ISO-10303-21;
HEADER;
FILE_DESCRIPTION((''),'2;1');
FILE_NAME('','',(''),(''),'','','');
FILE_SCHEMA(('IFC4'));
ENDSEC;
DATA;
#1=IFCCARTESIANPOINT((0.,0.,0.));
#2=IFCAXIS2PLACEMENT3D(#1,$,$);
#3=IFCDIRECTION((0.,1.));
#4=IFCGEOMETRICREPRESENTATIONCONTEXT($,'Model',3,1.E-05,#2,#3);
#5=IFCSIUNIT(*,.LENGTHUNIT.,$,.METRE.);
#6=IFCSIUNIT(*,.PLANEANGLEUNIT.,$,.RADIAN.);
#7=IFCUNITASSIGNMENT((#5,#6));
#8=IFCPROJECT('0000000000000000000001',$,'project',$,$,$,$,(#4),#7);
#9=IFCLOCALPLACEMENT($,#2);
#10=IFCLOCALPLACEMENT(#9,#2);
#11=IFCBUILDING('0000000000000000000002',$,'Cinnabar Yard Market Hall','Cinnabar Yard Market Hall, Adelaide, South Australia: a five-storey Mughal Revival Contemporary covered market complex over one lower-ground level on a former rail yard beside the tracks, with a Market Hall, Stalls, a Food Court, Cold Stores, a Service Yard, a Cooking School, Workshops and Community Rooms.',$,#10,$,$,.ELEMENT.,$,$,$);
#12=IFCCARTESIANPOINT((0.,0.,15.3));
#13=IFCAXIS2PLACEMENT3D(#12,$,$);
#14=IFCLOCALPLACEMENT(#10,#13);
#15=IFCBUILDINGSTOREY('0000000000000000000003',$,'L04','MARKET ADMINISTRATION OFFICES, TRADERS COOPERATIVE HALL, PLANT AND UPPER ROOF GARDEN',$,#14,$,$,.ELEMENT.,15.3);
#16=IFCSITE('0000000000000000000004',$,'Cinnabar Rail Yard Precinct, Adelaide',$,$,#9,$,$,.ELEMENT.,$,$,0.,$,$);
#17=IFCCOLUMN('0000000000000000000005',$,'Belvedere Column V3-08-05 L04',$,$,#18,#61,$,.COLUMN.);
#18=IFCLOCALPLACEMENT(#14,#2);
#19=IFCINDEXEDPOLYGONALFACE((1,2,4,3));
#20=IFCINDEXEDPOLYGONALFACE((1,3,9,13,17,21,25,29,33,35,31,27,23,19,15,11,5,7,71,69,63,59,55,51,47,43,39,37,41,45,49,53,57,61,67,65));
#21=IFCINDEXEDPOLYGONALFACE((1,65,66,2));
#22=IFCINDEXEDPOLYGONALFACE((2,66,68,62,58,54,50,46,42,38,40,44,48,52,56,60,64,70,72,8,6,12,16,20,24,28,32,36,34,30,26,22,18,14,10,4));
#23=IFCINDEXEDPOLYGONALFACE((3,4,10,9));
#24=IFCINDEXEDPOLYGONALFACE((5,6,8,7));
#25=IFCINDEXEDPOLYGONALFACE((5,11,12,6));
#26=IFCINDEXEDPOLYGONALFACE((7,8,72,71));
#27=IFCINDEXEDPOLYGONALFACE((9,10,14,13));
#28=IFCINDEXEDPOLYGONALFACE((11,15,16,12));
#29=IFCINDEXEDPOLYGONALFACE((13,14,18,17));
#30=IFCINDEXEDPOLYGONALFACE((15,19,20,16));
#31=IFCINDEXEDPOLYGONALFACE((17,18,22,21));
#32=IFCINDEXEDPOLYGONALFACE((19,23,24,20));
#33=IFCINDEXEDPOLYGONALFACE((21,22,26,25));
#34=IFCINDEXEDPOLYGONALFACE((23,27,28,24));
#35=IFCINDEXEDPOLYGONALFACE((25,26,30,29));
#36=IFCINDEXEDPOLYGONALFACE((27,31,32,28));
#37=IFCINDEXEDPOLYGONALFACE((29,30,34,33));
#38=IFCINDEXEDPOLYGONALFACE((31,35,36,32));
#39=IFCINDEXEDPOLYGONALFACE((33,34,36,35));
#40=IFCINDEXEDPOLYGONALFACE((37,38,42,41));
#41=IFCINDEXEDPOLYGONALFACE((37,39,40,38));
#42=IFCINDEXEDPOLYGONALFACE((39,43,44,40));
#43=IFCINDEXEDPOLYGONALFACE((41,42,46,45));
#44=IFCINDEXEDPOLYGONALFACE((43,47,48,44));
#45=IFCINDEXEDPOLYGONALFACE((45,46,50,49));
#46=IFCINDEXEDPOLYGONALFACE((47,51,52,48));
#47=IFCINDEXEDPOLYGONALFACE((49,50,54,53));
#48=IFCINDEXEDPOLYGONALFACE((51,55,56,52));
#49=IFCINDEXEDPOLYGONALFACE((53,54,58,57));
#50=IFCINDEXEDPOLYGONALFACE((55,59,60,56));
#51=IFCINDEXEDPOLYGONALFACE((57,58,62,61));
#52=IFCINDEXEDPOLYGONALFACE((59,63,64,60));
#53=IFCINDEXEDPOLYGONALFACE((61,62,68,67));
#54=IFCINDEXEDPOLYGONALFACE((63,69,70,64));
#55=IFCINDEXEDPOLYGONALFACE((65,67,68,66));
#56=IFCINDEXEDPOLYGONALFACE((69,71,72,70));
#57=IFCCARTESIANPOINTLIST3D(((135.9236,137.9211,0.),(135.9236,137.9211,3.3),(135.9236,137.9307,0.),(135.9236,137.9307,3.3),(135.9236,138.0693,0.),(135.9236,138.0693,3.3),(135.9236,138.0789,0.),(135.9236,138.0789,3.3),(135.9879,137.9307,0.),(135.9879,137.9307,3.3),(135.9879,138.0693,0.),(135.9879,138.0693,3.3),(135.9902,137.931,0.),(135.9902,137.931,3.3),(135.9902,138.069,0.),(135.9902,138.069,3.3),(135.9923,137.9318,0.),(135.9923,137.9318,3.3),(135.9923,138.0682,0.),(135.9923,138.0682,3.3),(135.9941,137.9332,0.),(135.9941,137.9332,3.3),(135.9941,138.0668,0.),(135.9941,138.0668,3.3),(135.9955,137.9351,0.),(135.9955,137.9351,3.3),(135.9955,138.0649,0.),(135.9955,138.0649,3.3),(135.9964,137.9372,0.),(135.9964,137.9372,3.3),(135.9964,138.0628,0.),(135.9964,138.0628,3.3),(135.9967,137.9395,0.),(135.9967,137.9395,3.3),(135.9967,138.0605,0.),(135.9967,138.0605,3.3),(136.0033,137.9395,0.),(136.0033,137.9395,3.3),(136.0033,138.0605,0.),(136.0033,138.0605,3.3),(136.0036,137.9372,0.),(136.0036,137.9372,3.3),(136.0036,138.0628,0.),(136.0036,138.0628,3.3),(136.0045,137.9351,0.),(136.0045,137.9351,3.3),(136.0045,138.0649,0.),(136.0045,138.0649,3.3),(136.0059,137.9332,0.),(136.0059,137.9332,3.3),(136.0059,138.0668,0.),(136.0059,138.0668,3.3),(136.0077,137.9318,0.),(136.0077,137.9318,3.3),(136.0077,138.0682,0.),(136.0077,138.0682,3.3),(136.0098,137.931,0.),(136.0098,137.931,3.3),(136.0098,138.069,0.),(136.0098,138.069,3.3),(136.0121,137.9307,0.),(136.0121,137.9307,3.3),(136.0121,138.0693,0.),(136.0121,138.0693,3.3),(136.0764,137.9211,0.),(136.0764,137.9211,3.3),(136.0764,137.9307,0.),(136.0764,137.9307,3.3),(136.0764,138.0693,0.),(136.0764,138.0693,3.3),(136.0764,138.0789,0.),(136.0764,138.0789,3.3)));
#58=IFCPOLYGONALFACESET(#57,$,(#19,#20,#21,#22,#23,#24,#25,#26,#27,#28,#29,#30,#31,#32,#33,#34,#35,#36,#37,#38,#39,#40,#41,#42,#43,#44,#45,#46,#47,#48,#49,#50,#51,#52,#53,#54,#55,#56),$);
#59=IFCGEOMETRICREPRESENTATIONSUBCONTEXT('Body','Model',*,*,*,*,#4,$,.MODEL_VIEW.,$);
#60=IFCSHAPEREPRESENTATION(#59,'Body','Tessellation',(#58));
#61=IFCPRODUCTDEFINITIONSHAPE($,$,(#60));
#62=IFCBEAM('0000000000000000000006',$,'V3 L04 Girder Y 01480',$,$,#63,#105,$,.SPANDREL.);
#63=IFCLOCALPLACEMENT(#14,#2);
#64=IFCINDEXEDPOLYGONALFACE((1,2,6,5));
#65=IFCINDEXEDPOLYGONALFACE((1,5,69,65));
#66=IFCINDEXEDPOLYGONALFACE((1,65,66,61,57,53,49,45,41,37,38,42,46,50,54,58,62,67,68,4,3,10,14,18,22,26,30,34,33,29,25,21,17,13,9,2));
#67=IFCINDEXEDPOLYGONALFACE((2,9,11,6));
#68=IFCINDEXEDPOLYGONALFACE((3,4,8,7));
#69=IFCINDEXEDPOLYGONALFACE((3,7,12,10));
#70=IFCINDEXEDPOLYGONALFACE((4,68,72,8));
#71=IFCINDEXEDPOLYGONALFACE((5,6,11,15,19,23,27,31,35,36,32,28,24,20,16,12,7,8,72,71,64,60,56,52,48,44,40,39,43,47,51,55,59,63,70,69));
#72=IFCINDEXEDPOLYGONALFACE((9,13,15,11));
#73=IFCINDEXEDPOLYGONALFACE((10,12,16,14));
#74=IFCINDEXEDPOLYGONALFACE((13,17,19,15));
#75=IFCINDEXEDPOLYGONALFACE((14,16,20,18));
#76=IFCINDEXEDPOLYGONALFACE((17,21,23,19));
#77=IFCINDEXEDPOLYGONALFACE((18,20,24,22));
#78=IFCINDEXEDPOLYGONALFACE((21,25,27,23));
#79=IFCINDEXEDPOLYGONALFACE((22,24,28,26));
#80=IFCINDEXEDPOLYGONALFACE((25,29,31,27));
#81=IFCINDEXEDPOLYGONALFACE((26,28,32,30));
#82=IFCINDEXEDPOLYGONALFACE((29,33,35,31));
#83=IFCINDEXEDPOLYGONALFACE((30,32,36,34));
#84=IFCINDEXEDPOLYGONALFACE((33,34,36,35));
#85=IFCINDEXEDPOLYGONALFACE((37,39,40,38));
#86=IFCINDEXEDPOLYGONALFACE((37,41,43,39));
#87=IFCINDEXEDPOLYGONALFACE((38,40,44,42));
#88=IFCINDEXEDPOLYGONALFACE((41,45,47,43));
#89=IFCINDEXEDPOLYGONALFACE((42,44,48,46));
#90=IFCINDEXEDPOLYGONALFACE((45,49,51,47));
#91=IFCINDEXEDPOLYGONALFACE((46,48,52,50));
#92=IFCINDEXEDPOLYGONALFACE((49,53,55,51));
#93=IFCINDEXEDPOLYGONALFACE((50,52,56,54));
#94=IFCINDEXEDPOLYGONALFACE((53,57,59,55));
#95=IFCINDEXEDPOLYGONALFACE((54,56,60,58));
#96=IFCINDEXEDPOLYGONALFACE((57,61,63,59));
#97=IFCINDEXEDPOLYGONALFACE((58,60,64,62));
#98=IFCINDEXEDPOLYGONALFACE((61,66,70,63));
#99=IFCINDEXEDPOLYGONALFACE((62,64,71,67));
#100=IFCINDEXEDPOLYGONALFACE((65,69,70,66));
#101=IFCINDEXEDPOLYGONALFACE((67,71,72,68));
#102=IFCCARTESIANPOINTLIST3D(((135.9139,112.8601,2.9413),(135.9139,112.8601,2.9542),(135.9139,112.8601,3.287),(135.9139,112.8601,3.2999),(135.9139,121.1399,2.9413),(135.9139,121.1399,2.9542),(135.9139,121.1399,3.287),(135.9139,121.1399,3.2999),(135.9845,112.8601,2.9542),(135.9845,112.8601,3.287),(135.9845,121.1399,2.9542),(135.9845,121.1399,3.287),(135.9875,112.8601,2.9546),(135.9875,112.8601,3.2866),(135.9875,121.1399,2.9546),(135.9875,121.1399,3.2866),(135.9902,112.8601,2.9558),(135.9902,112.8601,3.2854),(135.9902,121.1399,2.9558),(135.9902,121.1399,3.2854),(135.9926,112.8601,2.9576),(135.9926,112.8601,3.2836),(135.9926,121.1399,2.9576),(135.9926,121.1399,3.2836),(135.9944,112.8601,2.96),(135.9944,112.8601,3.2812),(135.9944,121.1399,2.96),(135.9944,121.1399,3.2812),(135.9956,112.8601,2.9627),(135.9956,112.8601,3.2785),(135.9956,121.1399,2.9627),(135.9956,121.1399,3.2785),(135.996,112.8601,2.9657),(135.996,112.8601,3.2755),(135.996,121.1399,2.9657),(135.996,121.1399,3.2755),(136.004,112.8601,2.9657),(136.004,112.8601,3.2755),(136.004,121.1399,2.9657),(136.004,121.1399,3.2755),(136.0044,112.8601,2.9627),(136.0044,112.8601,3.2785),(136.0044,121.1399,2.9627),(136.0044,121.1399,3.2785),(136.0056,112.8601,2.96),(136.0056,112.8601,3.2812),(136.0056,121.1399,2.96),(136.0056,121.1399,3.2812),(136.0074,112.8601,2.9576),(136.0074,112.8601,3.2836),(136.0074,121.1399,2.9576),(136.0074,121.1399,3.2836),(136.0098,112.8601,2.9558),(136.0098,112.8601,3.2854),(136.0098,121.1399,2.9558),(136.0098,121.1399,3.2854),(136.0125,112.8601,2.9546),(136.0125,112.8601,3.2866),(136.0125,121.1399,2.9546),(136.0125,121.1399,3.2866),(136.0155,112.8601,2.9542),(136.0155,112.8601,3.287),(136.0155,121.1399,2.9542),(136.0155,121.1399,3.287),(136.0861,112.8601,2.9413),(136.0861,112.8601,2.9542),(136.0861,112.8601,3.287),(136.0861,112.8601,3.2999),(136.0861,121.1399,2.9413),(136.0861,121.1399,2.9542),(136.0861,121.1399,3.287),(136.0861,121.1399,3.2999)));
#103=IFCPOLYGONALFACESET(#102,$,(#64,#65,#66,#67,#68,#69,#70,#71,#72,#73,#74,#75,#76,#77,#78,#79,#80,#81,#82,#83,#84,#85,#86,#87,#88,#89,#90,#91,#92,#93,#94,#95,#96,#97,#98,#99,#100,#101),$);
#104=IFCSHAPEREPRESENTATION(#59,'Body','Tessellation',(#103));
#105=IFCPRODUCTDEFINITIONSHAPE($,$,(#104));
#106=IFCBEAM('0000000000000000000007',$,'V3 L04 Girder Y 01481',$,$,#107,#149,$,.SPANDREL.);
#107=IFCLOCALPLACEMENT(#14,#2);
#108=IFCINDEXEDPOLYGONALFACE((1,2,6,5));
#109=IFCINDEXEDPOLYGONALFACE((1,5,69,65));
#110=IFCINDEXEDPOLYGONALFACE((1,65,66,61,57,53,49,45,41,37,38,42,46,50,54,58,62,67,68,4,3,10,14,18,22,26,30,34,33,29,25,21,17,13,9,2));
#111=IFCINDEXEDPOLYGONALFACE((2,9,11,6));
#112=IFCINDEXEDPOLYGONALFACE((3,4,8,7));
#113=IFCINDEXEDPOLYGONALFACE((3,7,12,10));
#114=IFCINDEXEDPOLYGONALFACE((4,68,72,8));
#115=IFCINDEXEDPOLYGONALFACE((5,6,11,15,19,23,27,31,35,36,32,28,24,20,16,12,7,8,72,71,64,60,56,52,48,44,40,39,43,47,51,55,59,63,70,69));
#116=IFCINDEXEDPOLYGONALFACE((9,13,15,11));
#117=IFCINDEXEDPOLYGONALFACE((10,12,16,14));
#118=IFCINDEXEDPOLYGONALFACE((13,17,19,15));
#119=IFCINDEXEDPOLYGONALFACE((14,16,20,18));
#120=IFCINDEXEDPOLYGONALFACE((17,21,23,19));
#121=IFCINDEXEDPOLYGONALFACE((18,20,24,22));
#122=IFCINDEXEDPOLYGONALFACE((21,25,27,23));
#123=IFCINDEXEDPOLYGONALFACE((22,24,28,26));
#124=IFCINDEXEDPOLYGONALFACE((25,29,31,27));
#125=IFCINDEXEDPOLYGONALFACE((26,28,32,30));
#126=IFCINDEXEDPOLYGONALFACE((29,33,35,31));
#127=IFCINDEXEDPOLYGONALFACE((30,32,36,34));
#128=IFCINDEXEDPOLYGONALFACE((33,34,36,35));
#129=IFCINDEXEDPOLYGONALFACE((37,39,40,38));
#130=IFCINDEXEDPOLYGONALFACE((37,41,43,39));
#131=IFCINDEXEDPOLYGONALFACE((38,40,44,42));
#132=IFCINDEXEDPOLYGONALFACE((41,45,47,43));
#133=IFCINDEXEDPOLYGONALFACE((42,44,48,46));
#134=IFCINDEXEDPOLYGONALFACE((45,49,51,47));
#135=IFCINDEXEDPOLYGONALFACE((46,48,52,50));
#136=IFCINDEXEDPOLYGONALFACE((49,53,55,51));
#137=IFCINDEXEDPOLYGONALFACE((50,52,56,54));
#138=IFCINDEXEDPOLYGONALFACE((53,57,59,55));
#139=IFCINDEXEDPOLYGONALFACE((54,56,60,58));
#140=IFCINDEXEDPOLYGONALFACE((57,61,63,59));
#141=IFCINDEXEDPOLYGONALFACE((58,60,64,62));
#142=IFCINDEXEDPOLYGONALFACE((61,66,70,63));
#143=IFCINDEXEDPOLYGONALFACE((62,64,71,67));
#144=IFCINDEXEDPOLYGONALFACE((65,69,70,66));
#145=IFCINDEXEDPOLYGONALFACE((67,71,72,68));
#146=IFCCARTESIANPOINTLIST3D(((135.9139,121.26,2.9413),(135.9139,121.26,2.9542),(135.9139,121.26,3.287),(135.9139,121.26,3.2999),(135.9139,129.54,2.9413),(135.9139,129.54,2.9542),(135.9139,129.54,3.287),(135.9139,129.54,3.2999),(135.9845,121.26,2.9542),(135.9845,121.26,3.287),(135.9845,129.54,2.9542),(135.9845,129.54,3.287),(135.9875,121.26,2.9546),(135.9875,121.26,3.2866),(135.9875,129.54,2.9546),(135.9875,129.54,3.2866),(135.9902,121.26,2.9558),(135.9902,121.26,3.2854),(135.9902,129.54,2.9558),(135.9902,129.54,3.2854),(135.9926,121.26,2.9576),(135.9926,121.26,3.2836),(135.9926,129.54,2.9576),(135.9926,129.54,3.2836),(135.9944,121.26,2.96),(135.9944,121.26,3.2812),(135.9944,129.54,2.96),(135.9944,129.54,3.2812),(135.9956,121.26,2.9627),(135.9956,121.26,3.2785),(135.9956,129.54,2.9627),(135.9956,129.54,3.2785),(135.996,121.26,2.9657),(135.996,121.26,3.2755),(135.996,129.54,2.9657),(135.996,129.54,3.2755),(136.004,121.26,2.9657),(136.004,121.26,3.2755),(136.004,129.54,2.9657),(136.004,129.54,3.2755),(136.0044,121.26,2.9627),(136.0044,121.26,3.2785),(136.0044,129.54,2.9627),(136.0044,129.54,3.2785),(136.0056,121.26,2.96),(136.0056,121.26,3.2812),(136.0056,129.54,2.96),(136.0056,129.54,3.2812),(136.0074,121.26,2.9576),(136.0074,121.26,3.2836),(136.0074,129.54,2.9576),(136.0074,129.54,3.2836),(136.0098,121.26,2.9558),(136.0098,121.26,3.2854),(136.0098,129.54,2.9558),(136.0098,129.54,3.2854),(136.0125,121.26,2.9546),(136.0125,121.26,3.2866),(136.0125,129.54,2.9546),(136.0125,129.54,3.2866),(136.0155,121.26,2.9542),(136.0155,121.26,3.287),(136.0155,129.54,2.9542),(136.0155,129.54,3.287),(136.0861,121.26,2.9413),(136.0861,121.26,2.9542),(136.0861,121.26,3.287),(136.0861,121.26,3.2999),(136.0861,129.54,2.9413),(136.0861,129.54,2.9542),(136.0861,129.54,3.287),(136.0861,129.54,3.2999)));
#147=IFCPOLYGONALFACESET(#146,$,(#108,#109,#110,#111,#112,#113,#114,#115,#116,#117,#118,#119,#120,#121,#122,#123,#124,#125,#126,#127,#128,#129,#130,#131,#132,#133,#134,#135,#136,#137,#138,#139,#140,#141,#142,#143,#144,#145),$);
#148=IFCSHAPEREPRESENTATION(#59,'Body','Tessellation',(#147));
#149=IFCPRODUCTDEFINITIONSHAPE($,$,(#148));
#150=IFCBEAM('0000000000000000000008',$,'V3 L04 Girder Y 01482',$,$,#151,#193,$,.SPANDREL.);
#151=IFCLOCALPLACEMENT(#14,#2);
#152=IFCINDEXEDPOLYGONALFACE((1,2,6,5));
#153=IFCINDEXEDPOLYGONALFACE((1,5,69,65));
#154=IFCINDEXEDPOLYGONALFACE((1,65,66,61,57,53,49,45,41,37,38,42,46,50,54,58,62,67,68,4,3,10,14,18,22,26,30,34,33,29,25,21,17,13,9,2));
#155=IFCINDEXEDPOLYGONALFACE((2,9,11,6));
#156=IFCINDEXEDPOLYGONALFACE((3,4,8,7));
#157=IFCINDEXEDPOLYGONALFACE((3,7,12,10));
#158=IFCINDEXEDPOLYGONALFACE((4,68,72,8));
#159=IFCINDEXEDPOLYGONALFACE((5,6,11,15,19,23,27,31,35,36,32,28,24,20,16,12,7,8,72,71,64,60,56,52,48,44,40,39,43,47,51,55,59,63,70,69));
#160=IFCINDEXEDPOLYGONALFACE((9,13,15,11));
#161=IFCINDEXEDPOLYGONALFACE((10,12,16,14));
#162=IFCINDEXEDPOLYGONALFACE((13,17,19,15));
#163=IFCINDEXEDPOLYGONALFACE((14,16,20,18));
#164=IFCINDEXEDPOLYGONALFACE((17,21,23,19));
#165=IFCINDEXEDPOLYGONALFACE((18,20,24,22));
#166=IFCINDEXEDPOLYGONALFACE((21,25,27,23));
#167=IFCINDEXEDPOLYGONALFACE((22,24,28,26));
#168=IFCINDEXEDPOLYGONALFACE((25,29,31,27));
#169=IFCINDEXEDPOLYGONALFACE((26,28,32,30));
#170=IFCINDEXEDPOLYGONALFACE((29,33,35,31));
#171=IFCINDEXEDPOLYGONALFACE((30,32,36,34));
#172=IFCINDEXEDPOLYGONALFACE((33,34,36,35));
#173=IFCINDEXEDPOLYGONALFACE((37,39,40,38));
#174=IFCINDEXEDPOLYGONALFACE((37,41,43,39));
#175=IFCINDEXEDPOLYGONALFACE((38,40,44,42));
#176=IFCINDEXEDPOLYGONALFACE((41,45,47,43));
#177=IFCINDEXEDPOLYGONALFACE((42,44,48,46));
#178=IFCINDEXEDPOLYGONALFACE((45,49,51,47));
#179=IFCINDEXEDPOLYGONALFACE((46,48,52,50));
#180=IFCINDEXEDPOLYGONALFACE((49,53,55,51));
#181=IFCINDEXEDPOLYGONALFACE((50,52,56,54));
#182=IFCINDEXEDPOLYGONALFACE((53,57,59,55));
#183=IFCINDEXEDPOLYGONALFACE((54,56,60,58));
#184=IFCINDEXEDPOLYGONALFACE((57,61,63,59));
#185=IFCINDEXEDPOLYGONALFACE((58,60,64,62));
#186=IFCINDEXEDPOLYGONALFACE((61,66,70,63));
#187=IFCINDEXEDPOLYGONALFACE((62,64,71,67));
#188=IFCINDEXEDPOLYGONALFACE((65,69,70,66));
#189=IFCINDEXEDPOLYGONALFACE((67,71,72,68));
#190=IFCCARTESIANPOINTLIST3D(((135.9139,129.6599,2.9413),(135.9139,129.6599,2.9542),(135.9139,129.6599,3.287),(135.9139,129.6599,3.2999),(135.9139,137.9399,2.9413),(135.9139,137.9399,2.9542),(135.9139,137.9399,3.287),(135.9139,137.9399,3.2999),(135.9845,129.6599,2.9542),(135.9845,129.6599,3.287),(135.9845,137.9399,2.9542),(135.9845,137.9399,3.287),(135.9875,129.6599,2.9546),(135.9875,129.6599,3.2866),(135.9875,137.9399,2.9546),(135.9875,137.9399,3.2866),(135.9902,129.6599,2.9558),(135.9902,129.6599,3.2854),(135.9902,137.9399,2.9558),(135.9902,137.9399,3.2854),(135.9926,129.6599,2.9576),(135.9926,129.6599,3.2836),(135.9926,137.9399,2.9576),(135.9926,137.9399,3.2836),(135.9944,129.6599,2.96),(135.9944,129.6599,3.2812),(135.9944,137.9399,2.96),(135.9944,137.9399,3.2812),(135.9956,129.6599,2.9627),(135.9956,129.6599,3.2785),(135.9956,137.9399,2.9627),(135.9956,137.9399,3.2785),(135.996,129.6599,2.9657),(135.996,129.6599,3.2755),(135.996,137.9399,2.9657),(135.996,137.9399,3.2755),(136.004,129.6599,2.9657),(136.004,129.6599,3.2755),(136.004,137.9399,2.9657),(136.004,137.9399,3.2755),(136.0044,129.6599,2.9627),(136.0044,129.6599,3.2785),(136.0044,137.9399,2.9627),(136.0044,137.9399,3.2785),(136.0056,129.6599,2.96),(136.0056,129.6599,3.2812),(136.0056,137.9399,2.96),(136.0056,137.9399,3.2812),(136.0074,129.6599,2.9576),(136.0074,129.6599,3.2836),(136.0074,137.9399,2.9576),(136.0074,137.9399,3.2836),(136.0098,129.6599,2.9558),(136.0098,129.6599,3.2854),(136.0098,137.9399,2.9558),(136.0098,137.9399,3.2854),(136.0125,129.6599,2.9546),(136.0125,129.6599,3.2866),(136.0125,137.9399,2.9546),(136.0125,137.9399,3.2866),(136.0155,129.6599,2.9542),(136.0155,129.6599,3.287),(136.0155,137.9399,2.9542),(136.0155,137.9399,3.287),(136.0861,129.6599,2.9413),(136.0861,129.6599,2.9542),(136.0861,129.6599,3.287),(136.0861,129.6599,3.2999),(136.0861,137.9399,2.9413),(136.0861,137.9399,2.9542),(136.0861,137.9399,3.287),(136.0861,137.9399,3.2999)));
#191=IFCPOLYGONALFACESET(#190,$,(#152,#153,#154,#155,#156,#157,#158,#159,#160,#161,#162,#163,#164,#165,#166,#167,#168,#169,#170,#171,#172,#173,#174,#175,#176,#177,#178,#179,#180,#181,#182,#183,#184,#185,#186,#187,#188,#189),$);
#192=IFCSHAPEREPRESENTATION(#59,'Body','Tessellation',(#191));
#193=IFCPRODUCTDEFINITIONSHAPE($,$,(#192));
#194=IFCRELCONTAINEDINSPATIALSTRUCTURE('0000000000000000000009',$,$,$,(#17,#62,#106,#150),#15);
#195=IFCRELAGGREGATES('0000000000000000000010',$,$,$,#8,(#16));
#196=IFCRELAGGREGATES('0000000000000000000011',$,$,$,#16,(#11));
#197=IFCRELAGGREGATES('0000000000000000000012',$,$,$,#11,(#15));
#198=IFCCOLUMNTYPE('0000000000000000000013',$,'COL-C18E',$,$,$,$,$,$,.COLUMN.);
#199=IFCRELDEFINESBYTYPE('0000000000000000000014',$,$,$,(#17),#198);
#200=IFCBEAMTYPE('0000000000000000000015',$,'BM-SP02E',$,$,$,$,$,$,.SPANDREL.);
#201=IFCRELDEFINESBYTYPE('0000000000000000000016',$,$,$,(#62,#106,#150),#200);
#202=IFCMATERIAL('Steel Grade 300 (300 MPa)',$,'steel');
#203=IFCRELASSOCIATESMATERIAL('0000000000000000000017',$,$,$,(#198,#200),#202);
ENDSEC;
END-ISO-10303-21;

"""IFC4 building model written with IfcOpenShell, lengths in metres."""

from ifc_helpers import new_model, si_unit, direction, frame, origin, origin_2d_with_axis, place, context, subcontext, project, spatial, i_section, extrude, material, material_profile, profile_set, type_object, element, save


model = new_model("IFC4")

# Units and contexts
model_context = context("Model", 3, precision=1e-05, world=origin(), true_north=direction((0.0, 1.0)))
body_context = subcontext(model_context, "Body", "Model", "MODEL_VIEW")
ifc_project = project(units=[si_unit("LENGTHUNIT", "METRE"), si_unit("PLANEANGLEUNIT", "RADIAN")], contexts=[model_context])

# Site, building, storey
site_placement = place(None, origin())
site = spatial("IfcSite", under=ifc_project, at=site_placement, Name="Cinnabar Rail Yard Precinct, Adelaide", CompositionType="ELEMENT", RefElevation=0.0)
building_placement = place(site_placement, origin())
building = spatial("IfcBuilding", under=site, at=building_placement, Name="Cinnabar Yard Market Hall", Description="Cinnabar Yard Market Hall, Adelaide, South Australia: a five-storey Mughal Revival Contemporary covered market complex over one lower-ground level on a former rail yard beside the tracks, with a Market Hall, Stalls, a Food Court, Cold Stores, a Service Yard, a Cooking School, Workshops and Community Rooms.", CompositionType="ELEMENT")
storey_placement = place(building_placement, frame((0.0, 0.0, 15.3)))
storey = spatial("IfcBuildingStorey", under=building, at=storey_placement, Name="L04", Description="MARKET ADMINISTRATION OFFICES, TRADERS COOPERATIVE HALL, PLANT AND UPPER ROOF GARDEN", CompositionType="ELEMENT", Elevation=15.3)

# Column
ifc_material_1 = material(Name="Steel Grade 300 (300 MPa)", Category="steel")
ifc_material_profile_1 = material_profile(ifc_material_1, i_section(OverallWidth=0.1528, OverallDepth=0.1577, WebThickness=0.0066, FlangeThickness=0.0095, FilletRadius=0.0088, at=origin_2d_with_axis()), Name="150UC30.0")
ifc_profile_set_1 = profile_set([ifc_material_profile_1], Name="Steel Grade 300 (300 MPa)")
column_type_1 = type_object("IfcColumnType", Name="COL-C18E", PredefinedType="COLUMN", material=ifc_profile_set_1)
column_1_placement = place(storey_placement, frame((136.0, 138.0, 0.0), z_axis=(0.0, 0.0, 1.0), x_axis=(1.0, 0.0, 0.0)))
element("IfcColumn", 1, at=column_1_placement, inside=storey, type_object=column_type_1, Name="Belvedere Column V3-08-05 L04", PredefinedType="COLUMN", context=body_context, shape_type="SweptSolid", body=[
    extrude(i_section(OverallWidth=0.1528, OverallDepth=0.1577, WebThickness=0.0066, FlangeThickness=0.0095, FilletRadius=0.0088, at=origin_2d_with_axis()), origin(), (0.0, 0.0, 1.0), 3.3),
])

# Beams
ifc_material_profile_2 = material_profile(ifc_material_1, i_section(OverallWidth=0.1721, OverallDepth=0.3586, WebThickness=0.0081, FlangeThickness=0.0129, FilletRadius=0.0115, at=origin_2d_with_axis()), Name="360UB56.7")
ifc_profile_set_2 = profile_set([ifc_material_profile_2], Name="Steel Grade 300 (300 MPa)")
beam_type = type_object("IfcBeamType", Name="BM-SP02E", PredefinedType="SPANDREL", material=ifc_profile_set_2)
beam_placement = place(storey_placement, frame((136.0, 112.8601, 3.1206), z_axis=(0.0, 1.0, 0.0), x_axis=(-1.0, 0.0, 0.0)))
element("IfcBeam", 2, at=beam_placement, inside=storey, type_object=beam_type, Name="V3 L04 Girder Y 01480", PredefinedType="SPANDREL", context=body_context, shape_type="SweptSolid", body=[
    extrude(i_section(OverallWidth=0.1721, OverallDepth=0.3586, WebThickness=0.0081, FlangeThickness=0.0129, FilletRadius=0.0115, at=origin_2d_with_axis()), origin(), (0.0, 0.0, 1.0), 8.2798),
])
for number, where, z_axis, x_axis, name in (
    (3, (136.0, 121.26, 3.1206), (0.0, 1.0, 0.0), (-1.0, 0.0, 0.0), "V3 L04 Girder Y 01481"),
    (4, (136.0, 129.6599, 3.1206), (0.0, 1.0, 0.0), (-1.0, 0.0, 0.0), "V3 L04 Girder Y 01482"),
):
    element("IfcBeam", number, at=place(storey_placement, frame(where, z_axis=z_axis, x_axis=x_axis)), inside=storey, type_object=beam_type, Name=name, PredefinedType="SPANDREL", context=body_context, shape_type="SweptSolid", body=[
        extrude(i_section(OverallWidth=0.1721, OverallDepth=0.3586, WebThickness=0.0081, FlangeThickness=0.0129, FilletRadius=0.0115, at=origin_2d_with_axis()), origin(), (0.0, 0.0, 1.0), 8.28),
    ])

save(model, "model.ifc")
